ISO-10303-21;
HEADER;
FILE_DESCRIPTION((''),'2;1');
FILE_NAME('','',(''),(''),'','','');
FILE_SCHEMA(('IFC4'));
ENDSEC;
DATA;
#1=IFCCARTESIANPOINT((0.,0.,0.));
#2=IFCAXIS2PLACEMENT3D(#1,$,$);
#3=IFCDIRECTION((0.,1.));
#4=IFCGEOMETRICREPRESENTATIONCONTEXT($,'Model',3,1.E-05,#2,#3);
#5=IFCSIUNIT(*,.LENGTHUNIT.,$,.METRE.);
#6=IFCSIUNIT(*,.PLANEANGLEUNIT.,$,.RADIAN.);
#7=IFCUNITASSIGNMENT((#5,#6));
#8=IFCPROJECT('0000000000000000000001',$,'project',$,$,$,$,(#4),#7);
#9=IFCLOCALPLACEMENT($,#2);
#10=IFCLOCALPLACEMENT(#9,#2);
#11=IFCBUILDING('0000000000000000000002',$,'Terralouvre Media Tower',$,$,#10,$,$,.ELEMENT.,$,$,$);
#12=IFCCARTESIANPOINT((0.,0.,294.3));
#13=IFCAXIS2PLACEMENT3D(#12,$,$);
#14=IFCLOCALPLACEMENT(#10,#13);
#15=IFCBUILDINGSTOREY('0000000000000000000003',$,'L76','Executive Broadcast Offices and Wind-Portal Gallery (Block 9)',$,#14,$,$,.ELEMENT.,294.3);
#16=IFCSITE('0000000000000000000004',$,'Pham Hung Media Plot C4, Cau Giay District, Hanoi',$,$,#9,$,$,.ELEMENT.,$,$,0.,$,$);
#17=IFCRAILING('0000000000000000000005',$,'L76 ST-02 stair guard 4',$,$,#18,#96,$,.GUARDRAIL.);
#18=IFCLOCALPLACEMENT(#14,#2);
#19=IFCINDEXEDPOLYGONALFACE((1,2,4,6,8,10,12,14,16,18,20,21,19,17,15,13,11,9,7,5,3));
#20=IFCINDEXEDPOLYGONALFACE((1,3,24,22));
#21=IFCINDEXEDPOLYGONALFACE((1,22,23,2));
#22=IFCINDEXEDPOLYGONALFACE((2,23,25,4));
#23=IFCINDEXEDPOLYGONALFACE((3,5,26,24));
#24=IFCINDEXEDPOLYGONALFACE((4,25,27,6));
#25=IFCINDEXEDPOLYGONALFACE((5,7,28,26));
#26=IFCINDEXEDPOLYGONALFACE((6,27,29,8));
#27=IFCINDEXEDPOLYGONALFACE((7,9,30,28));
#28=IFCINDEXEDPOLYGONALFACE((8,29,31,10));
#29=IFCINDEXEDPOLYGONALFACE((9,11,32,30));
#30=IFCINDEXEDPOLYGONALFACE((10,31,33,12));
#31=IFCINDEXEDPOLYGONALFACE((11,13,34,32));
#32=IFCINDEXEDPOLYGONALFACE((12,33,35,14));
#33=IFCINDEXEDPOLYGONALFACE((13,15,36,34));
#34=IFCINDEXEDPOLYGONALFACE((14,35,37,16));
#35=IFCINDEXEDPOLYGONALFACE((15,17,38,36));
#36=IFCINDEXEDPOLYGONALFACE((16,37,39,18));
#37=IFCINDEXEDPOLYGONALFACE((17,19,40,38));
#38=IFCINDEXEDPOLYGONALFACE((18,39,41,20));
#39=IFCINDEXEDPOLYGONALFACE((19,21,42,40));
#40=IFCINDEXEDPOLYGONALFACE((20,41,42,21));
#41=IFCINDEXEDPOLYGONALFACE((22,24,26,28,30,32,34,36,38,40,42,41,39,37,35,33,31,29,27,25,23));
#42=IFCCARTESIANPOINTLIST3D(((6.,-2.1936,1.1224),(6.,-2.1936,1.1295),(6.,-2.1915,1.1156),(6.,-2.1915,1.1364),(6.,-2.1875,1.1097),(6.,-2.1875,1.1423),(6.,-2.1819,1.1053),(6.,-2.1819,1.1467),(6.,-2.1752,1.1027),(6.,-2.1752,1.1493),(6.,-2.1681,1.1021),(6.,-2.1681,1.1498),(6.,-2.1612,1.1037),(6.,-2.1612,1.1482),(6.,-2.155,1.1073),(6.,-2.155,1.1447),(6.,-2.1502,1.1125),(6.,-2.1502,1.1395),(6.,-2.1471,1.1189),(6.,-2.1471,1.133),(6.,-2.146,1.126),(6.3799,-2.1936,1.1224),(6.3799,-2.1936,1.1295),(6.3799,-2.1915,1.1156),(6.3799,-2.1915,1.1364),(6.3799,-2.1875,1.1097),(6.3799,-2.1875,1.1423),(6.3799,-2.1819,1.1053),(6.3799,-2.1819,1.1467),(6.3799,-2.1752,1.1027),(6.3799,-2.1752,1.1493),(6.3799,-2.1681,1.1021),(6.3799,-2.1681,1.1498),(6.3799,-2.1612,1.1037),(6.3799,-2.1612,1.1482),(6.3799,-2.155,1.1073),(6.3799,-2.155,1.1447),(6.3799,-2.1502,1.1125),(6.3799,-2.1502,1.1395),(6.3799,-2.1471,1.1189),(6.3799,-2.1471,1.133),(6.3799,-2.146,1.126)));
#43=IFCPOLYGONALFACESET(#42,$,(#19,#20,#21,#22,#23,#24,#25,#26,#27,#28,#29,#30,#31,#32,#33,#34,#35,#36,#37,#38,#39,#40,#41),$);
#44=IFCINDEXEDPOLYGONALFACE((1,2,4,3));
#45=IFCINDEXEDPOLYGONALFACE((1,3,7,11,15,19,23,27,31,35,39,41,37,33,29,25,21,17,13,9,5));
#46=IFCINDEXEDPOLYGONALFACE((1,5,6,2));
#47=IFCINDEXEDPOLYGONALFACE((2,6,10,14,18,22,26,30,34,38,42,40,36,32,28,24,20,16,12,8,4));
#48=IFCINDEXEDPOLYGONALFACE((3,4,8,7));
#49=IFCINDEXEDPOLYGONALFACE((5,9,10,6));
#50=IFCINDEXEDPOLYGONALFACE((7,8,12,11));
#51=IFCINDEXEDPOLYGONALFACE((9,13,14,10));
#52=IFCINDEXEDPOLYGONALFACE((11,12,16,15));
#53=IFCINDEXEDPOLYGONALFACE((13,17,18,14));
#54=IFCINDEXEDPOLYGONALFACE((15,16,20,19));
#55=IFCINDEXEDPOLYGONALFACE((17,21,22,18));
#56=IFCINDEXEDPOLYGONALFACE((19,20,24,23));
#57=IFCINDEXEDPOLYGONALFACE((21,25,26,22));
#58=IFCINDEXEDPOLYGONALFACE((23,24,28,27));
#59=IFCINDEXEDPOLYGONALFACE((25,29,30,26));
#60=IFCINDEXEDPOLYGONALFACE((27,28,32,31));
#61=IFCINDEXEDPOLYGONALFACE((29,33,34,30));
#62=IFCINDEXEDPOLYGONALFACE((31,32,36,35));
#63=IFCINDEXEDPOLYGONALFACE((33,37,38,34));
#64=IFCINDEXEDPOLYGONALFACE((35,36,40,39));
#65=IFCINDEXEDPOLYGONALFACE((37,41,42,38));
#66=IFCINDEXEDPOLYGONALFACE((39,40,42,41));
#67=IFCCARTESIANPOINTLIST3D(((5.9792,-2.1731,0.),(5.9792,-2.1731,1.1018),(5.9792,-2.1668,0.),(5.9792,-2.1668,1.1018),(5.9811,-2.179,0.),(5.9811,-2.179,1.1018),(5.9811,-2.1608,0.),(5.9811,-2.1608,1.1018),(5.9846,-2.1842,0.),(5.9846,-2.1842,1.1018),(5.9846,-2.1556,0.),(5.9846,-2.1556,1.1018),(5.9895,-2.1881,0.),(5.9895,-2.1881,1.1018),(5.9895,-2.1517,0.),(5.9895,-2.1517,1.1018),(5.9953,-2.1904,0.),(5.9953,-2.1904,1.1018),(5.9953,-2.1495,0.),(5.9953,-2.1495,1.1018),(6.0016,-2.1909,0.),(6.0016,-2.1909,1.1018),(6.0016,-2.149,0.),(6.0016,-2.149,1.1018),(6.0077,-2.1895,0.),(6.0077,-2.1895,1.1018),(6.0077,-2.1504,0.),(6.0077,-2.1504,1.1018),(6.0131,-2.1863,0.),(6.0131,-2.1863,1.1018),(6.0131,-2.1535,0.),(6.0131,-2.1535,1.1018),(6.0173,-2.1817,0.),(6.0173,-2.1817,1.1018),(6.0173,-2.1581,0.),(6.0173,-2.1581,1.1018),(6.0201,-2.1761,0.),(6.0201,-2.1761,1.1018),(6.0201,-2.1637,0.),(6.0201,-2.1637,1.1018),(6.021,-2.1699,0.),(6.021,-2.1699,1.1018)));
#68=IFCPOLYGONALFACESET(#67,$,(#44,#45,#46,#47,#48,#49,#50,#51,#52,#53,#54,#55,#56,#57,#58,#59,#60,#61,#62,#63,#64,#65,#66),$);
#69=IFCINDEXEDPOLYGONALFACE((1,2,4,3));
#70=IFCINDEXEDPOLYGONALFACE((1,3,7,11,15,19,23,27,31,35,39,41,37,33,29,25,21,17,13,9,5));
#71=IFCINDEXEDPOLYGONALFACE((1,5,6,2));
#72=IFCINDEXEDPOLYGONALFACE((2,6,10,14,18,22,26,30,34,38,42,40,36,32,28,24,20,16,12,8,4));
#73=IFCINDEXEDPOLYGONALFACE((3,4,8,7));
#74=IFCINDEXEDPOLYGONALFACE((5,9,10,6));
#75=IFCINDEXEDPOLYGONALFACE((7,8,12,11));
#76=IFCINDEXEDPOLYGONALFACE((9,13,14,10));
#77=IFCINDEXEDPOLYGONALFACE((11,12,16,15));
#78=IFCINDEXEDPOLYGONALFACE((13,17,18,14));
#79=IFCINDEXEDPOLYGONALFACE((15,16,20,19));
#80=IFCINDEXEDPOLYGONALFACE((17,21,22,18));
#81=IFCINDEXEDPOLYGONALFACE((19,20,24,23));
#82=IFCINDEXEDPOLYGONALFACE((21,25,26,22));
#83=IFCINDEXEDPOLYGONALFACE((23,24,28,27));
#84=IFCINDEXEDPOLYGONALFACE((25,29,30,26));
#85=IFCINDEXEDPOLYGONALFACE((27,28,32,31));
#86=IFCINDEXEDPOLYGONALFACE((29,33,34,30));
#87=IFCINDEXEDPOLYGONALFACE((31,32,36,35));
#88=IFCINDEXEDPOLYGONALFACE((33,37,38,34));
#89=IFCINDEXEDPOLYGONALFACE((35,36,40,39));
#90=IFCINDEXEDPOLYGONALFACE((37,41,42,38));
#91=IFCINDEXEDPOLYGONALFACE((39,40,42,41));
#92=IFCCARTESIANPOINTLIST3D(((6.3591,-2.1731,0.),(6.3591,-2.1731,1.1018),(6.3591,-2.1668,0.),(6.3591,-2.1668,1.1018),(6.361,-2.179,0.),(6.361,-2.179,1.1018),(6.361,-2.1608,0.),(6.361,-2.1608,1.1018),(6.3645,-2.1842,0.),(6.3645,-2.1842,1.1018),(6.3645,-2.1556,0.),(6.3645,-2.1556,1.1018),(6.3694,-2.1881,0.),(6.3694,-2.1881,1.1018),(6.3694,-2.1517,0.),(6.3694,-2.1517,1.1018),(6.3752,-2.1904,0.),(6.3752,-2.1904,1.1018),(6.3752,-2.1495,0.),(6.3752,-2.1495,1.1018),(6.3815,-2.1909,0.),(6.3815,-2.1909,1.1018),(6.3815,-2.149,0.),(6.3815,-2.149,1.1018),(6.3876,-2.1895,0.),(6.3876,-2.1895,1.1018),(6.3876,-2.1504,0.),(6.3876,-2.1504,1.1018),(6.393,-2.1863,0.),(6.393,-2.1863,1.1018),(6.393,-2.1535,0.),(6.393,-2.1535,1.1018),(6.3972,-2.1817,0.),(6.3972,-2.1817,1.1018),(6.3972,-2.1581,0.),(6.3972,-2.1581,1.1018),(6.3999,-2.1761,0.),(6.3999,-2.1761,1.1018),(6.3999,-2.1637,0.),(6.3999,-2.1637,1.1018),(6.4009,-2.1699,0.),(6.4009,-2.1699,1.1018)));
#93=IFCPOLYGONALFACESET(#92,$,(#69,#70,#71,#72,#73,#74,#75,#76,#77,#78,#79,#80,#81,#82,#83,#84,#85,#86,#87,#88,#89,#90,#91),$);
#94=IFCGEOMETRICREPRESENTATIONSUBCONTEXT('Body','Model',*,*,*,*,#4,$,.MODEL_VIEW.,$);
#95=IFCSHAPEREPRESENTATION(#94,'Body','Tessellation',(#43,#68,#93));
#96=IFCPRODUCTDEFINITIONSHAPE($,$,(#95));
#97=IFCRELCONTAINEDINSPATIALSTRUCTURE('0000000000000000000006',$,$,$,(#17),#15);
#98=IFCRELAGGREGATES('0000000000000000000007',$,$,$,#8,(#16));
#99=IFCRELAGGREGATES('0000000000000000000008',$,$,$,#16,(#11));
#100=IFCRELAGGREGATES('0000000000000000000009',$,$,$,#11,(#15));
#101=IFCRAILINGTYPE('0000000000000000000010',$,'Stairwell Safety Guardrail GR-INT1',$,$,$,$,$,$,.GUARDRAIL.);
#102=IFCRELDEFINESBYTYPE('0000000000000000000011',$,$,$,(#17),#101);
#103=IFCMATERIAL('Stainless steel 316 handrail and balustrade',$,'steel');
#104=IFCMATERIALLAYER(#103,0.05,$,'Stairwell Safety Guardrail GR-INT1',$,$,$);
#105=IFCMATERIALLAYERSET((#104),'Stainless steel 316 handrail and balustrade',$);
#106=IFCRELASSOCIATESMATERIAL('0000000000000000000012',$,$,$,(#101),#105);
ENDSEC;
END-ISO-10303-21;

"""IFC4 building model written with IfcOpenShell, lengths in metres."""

from ifc_helpers import new_model, si_unit, direction, frame, origin, origin_2d, place, context, subcontext, project, spatial, circle, extrude, material, layer, layer_set, type_object, element, save


model = new_model("IFC4")

# Units and contexts
model_context = context("Model", 3, precision=1e-05, world=origin(), true_north=direction((0.0, 1.0)))
body_context = subcontext(model_context, "Body", "Model", "MODEL_VIEW")
ifc_project = project(units=[si_unit("LENGTHUNIT", "METRE"), si_unit("PLANEANGLEUNIT", "RADIAN")], contexts=[model_context])

# Site, building, storey
site_placement = place(None, origin())
site = spatial("IfcSite", under=ifc_project, at=site_placement, Name="Pham Hung Media Plot C4, Cau Giay District, Hanoi", CompositionType="ELEMENT", RefElevation=0.0)
building_placement = place(site_placement, origin())
building = spatial("IfcBuilding", under=site, at=building_placement, Name="Terralouvre Media Tower", CompositionType="ELEMENT")
storey_placement = place(building_placement, frame((0.0, 0.0, 294.3)))
storey = spatial("IfcBuildingStorey", under=building, at=storey_placement, Name="L76", Description="Executive Broadcast Offices and Wind-Portal Gallery (Block 9)", CompositionType="ELEMENT", Elevation=294.3)

# Railing
ifc_material_1 = material(Name="Stainless steel 316 handrail and balustrade", Category="steel")
ifc_layer_1 = layer(ifc_material_1, 0.05, Name="Stairwell Safety Guardrail GR-INT1")
ifc_layer_set_1 = layer_set([ifc_layer_1], Name="Stainless steel 316 handrail and balustrade")
railing_type_1 = type_object("IfcRailingType", Name="Stairwell Safety Guardrail GR-INT1", PredefinedType="GUARDRAIL", material=ifc_layer_set_1)
railing_1_placement = place(storey_placement, frame((6.0, -2.1699, 0.0)))
element("IfcRailing", 1, at=railing_1_placement, inside=storey, type_object=railing_type_1, Name="L76 ST-02 stair guard 4", PredefinedType="GUARDRAIL", context=body_context, shape_type="SweptSolid", body=[
    extrude(circle(Radius=0.0239, at=origin_2d()), frame((0.0, 0.0, 1.126), z_axis=(1.0, 0.0, 0.0), x_axis=(0.0, 1.0, 0.0)), (0.0, 0.0, 1.0), 0.3799),
    extrude(circle(Radius=0.021, at=origin_2d()), origin(), (0.0, 0.0, 1.0), 1.1018),
    extrude(circle(Radius=0.021, at=origin_2d()), frame((0.3799, 0.0, 0.0)), (0.0, 0.0, 1.0), 1.1018),
])

save(model, "model.ifc")
